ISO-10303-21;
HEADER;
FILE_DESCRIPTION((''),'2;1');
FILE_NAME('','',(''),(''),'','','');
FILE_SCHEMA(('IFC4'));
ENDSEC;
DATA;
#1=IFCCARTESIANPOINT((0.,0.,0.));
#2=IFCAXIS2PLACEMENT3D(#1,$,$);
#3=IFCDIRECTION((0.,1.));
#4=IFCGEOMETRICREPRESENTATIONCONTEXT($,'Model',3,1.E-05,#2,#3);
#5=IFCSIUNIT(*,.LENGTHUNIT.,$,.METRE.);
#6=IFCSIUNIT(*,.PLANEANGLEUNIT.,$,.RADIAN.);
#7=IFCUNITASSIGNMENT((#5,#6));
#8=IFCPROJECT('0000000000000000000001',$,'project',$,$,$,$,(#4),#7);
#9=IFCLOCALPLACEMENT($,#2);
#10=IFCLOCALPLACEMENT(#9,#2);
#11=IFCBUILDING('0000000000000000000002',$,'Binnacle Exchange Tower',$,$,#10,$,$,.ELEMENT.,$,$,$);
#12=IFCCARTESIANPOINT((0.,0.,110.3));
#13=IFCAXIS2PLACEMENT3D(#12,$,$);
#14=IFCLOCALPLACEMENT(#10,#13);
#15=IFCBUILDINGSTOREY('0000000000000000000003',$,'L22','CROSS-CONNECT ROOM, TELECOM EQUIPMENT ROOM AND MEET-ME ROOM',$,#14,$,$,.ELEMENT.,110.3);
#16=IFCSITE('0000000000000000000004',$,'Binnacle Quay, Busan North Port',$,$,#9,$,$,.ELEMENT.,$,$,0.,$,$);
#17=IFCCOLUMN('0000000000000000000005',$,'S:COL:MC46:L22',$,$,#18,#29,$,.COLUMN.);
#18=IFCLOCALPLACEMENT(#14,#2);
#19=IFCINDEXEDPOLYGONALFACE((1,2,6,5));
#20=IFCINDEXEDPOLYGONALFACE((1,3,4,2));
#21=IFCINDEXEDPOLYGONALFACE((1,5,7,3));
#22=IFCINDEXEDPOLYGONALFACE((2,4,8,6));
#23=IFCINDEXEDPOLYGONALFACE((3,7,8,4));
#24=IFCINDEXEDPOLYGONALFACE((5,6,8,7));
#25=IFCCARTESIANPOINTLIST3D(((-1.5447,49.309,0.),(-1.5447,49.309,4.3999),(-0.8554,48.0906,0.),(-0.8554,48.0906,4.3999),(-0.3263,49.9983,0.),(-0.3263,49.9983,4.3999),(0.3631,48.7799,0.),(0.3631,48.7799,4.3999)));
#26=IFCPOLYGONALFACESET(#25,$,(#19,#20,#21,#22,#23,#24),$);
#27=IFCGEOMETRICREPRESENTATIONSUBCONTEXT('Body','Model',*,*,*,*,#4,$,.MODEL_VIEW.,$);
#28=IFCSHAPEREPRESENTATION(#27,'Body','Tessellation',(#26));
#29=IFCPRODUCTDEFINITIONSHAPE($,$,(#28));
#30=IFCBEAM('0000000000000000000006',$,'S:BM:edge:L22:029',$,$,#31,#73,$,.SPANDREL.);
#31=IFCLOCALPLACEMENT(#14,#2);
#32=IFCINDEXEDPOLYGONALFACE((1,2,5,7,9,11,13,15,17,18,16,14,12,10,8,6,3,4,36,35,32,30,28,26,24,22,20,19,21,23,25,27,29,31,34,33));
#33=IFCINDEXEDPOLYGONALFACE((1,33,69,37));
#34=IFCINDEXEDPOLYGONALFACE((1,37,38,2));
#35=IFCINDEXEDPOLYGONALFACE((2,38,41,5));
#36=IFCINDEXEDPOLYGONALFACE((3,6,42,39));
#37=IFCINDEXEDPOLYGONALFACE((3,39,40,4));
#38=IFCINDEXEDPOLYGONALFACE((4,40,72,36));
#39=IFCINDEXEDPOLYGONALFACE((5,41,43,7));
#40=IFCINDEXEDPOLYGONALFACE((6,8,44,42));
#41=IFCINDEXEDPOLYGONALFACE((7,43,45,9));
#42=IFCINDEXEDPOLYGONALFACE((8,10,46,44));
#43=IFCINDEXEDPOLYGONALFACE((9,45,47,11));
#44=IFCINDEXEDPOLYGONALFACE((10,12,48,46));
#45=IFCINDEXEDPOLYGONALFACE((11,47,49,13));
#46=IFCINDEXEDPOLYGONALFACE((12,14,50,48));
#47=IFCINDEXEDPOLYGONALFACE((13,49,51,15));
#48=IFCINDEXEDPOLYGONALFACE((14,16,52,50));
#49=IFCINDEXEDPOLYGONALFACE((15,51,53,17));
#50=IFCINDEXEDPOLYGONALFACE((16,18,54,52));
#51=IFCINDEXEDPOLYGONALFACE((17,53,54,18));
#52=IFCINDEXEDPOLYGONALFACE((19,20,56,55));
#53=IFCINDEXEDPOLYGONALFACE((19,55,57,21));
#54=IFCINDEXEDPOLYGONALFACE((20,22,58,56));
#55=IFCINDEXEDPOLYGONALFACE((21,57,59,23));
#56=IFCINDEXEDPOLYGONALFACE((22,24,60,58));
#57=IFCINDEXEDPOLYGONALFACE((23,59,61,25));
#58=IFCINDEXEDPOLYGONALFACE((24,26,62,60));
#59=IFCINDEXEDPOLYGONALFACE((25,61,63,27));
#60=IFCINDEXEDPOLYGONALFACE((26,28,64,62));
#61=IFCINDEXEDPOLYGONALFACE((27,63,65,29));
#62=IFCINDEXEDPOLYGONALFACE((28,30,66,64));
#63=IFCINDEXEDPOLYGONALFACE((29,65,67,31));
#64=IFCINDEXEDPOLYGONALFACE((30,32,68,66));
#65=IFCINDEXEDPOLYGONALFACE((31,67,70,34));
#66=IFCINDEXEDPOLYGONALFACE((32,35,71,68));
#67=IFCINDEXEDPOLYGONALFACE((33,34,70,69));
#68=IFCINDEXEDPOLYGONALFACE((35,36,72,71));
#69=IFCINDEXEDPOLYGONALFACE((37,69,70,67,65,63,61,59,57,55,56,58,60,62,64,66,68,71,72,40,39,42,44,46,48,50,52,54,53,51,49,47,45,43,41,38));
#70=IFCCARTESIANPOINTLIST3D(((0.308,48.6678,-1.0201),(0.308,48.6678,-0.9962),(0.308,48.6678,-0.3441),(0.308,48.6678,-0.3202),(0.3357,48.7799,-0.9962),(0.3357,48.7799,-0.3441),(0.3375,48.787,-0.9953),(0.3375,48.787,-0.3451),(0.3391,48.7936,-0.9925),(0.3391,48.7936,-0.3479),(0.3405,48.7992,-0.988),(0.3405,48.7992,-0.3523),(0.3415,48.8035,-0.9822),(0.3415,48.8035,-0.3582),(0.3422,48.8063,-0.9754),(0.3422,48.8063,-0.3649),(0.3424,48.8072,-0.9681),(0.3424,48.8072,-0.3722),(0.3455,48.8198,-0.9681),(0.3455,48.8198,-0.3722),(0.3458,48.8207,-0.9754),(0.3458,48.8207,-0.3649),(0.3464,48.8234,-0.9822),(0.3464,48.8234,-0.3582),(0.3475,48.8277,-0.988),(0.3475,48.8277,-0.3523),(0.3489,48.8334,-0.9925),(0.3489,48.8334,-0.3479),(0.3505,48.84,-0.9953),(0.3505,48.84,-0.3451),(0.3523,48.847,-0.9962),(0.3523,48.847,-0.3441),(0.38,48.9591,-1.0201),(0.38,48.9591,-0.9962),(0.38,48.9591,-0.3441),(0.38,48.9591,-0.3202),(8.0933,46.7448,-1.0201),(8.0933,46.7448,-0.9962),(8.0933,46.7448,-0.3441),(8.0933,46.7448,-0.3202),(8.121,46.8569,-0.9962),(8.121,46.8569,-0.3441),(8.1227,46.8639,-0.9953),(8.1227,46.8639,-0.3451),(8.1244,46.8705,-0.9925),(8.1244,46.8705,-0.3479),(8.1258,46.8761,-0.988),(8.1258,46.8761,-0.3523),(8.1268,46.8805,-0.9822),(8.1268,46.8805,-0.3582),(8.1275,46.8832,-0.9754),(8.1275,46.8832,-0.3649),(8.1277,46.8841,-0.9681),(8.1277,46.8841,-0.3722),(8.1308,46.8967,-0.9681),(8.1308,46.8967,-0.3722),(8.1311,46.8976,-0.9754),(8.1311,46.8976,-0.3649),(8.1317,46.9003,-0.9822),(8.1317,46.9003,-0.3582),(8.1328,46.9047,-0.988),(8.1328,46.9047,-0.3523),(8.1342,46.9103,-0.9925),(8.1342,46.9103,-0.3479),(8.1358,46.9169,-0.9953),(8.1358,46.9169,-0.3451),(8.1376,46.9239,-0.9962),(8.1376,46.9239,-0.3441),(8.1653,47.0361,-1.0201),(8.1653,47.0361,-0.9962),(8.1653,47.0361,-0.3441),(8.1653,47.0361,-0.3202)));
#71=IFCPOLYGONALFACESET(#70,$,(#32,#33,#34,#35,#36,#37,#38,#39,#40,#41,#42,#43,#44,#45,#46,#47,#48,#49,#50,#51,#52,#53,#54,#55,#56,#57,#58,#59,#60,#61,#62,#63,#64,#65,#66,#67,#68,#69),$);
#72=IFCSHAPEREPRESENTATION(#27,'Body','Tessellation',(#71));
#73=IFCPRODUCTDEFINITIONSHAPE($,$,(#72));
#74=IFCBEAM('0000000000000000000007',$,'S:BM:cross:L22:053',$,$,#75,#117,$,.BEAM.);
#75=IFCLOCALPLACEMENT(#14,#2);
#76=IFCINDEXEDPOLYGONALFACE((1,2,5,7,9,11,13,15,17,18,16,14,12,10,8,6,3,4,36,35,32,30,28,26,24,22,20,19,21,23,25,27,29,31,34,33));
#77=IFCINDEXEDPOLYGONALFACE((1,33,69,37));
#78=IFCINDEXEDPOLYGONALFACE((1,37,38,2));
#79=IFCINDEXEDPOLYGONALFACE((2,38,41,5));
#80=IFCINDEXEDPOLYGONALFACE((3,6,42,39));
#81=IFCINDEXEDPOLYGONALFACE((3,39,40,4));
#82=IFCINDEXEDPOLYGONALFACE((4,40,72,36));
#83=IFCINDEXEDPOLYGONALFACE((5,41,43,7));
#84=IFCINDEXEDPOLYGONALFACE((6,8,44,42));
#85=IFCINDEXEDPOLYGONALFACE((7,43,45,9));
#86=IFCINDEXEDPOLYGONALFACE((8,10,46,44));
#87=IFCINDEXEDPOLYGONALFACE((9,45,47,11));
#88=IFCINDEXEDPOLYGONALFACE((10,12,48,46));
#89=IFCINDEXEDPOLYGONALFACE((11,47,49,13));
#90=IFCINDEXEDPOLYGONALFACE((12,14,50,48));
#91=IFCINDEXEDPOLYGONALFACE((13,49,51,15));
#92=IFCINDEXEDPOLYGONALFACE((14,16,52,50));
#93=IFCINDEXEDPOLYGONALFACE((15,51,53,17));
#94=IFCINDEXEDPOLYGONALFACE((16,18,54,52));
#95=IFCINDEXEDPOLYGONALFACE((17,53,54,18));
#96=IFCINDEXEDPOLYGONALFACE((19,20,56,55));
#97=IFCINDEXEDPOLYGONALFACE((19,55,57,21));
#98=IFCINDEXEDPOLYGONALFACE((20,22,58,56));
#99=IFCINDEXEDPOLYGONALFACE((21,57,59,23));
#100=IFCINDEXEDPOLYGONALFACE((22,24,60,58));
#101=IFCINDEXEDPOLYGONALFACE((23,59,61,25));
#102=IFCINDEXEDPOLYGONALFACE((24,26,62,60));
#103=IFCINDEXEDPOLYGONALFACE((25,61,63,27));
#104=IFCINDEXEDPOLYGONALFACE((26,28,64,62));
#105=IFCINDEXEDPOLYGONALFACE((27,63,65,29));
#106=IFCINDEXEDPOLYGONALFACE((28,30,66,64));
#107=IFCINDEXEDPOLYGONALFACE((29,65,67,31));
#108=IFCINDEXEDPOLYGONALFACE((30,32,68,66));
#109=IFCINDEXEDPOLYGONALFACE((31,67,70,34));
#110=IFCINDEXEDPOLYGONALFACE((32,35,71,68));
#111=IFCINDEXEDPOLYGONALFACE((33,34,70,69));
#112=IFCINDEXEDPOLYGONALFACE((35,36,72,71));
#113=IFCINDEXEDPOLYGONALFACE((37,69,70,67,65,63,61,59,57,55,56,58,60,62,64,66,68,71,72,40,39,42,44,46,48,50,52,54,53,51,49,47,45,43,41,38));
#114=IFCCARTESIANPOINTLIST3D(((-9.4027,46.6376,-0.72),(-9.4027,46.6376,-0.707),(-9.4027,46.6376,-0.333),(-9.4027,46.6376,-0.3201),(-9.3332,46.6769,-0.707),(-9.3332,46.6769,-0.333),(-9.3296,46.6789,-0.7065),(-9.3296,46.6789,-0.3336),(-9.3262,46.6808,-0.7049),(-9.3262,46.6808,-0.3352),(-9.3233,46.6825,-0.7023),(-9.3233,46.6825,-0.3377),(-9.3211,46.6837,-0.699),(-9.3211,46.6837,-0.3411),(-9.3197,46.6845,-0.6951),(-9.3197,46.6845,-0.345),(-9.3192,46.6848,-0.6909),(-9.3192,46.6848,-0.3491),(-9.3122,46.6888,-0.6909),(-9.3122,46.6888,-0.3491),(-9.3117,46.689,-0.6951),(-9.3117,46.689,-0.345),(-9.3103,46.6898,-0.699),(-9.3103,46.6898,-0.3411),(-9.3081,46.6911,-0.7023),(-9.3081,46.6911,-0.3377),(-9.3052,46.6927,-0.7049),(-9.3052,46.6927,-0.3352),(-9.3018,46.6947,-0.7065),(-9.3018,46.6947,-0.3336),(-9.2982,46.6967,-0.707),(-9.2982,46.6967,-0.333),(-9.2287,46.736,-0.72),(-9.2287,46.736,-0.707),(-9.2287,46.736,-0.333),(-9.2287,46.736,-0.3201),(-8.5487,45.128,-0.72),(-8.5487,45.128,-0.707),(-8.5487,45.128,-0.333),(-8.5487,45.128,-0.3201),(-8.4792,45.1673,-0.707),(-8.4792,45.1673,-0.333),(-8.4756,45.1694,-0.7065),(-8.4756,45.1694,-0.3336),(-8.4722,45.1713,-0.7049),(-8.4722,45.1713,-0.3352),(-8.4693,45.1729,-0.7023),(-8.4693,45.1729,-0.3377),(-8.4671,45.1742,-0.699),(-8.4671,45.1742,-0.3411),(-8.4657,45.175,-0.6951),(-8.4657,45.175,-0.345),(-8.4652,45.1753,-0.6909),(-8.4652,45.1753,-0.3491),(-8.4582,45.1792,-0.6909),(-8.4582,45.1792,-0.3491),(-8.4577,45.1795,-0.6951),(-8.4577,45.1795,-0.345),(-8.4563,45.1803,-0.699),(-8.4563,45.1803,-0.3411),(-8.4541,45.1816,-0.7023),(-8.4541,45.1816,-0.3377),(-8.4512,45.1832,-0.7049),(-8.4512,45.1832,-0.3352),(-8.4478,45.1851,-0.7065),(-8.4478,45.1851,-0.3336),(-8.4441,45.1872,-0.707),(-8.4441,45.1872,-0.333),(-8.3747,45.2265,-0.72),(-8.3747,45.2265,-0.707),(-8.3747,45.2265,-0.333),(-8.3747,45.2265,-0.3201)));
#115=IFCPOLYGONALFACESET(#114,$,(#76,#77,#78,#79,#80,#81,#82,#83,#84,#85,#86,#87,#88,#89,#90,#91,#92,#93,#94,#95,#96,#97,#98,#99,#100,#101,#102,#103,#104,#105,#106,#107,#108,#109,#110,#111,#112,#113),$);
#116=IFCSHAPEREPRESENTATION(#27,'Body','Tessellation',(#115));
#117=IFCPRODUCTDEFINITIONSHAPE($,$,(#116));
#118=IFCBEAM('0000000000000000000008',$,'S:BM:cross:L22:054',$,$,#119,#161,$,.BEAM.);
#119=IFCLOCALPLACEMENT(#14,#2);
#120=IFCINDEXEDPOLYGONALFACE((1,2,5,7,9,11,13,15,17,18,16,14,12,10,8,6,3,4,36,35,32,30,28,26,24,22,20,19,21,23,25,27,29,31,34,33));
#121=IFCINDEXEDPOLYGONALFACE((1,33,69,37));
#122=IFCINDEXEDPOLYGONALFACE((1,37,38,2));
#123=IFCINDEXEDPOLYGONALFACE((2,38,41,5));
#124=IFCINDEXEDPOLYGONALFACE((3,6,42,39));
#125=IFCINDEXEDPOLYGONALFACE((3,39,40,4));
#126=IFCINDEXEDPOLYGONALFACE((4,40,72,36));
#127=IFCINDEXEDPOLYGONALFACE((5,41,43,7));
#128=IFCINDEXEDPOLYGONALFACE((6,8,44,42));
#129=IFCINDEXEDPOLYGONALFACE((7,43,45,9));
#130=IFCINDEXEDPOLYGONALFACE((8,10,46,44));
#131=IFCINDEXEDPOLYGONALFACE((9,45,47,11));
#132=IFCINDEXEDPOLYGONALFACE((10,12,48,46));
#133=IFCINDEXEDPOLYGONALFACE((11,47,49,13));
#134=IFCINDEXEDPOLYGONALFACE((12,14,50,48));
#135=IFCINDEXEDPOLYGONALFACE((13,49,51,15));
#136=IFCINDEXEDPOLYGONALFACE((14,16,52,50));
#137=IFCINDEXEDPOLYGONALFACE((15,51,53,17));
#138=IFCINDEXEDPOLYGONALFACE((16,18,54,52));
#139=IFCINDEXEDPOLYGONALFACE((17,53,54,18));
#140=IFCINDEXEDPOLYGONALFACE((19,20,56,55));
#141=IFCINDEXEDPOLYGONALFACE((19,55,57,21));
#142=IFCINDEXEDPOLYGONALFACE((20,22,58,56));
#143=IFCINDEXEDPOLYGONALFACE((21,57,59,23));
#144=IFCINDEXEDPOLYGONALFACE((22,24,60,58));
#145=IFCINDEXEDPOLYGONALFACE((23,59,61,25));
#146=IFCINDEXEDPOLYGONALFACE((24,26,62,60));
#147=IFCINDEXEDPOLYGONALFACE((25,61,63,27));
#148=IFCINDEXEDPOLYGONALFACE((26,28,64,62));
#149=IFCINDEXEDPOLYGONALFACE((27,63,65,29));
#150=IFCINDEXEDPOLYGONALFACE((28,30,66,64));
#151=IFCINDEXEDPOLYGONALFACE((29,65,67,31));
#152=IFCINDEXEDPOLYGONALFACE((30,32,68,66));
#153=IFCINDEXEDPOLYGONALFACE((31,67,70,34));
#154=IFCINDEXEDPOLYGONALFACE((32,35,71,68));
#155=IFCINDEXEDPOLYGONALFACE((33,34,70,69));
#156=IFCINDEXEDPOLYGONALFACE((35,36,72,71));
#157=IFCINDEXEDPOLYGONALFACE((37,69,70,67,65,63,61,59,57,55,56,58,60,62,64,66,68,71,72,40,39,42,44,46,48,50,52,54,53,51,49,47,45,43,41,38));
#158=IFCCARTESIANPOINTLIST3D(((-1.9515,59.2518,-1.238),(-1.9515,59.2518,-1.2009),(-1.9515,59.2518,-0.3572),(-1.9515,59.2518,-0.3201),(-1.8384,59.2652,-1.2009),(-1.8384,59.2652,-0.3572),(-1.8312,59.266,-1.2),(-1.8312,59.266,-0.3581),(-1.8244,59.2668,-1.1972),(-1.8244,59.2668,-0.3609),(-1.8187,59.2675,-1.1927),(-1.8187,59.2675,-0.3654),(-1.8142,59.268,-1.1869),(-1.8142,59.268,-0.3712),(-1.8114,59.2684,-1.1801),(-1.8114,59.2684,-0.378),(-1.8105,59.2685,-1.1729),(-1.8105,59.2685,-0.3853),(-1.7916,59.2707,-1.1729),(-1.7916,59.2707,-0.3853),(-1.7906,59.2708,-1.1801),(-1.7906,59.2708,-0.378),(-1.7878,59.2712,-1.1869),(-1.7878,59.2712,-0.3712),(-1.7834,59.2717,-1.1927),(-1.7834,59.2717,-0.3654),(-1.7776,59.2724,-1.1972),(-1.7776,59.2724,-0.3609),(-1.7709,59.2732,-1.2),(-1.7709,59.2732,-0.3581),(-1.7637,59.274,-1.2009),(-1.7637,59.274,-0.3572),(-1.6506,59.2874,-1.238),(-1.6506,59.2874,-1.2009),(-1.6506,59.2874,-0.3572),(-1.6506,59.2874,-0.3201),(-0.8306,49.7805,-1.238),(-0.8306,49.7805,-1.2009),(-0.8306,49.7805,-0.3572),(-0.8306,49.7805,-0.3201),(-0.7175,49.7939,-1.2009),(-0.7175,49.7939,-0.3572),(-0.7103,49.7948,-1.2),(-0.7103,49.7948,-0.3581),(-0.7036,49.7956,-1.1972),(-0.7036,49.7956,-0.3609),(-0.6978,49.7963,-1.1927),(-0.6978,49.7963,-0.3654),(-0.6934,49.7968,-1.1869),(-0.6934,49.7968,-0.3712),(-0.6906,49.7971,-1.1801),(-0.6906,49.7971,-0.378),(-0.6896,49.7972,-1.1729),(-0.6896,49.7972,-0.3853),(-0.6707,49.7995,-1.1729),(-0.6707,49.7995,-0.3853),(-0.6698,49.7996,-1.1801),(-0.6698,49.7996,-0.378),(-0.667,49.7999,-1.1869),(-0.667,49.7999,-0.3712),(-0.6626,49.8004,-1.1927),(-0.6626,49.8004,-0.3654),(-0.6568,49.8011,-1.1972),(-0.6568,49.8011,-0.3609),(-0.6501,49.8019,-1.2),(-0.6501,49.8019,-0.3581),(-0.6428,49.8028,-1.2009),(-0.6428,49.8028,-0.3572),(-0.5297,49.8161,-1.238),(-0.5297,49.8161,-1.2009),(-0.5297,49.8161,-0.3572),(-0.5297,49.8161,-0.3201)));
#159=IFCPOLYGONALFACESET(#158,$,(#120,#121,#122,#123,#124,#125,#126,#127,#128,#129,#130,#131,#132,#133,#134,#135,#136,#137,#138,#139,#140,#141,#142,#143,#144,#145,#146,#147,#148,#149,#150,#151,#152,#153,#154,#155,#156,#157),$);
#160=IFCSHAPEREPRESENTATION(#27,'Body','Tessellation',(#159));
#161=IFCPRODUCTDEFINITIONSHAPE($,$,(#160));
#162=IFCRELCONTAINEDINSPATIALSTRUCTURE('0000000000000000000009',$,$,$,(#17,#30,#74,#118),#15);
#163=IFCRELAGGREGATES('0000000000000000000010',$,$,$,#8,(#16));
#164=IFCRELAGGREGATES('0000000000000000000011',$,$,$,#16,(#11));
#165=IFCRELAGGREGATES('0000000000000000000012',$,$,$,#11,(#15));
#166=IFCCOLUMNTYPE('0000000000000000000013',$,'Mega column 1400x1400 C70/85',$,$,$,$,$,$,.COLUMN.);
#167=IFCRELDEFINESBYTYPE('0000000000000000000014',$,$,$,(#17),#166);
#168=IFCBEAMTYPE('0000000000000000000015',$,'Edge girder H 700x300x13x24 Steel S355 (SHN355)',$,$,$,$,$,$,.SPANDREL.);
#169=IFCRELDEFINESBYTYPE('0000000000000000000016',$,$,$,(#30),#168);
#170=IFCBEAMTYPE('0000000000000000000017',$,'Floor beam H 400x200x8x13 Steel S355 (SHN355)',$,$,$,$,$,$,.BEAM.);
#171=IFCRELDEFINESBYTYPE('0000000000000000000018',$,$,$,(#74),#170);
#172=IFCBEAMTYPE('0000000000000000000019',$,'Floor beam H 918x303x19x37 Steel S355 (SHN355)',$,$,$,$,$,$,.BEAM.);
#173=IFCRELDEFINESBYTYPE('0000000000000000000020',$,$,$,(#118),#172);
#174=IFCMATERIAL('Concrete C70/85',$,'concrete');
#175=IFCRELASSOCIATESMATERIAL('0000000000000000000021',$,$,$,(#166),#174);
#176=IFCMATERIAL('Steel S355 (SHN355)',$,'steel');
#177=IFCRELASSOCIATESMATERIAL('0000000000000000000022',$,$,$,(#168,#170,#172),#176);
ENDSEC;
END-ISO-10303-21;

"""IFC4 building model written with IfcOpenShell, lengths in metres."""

from ifc_helpers import new_model, si_unit, direction, frame, origin, origin_2d, place, context, subcontext, project, spatial, rectangle, i_section, extrude, material, material_profile, profile_set, type_object, element, save


model = new_model("IFC4")

# Units and contexts
model_context = context("Model", 3, precision=1e-05, world=origin(), true_north=direction((0.0, 1.0)))
body_context = subcontext(model_context, "Body", "Model", "MODEL_VIEW")
ifc_project = project(units=[si_unit("LENGTHUNIT", "METRE"), si_unit("PLANEANGLEUNIT", "RADIAN")], contexts=[model_context])

# Site, building, storey
site_placement = place(None, origin())
site = spatial("IfcSite", under=ifc_project, at=site_placement, Name="Binnacle Quay, Busan North Port", CompositionType="ELEMENT", RefElevation=0.0)
building_placement = place(site_placement, origin())
building = spatial("IfcBuilding", under=site, at=building_placement, Name="Binnacle Exchange Tower", CompositionType="ELEMENT")
storey_placement = place(building_placement, frame((0.0, 0.0, 110.3)))
storey = spatial("IfcBuildingStorey", under=building, at=storey_placement, Name="L22", Description="CROSS-CONNECT ROOM, TELECOM EQUIPMENT ROOM AND MEET-ME ROOM", CompositionType="ELEMENT", Elevation=110.3)

# Column
ifc_material_1 = material(Name="Concrete C70/85", Category="concrete")
ifc_material_profile_1 = material_profile(ifc_material_1, rectangle(XDim=1.3999, YDim=1.3999, at=origin_2d()), Name="Mega column 1400x1400 C70/85")
ifc_profile_set_1 = profile_set([ifc_material_profile_1], Name="Concrete C70/85")
column_type = type_object("IfcColumnType", Name="Mega column 1400x1400 C70/85", PredefinedType="COLUMN", material=ifc_profile_set_1)
column_placement = place(storey_placement, frame((-0.5908, 49.0444, 0.0), z_axis=(0.0, 0.0, 1.0), x_axis=(0.870356, 0.492424, 0.0)))
element("IfcColumn", 1, at=column_placement, inside=storey, type_object=column_type, Name="S:COL:MC46:L22", PredefinedType="COLUMN", context=body_context, shape_type="SweptSolid", body=[
    extrude(rectangle(XDim=1.3999, YDim=1.3999, at=origin_2d()), origin(), (0.0, 0.0, 1.0), 4.3999),
])

# Beams
ifc_material_2 = material(Name="Steel S355 (SHN355)", Category="steel")
ifc_material_profile_2 = material_profile(ifc_material_2, i_section(OverallWidth=0.3, OverallDepth=0.7, WebThickness=0.0129, FlangeThickness=0.0239, FilletRadius=0.0281, at=origin_2d()), Name="H 700x300x13x24")
ifc_profile_set_2 = profile_set([ifc_material_profile_2], Name="Steel S355 (SHN355)")
beam_type_1 = type_object("IfcBeamType", Name="Edge girder H 700x300x13x24 Steel S355 (SHN355)", PredefinedType="SPANDREL", material=ifc_profile_set_2)
beam_1_placement = place(storey_placement, frame((0.344, 48.8135, -0.6702), z_axis=(0.970821, -0.239805, 0.0), x_axis=(0.239805, 0.970821, 0.0)))
element("IfcBeam", 2, at=beam_1_placement, inside=storey, type_object=beam_type_1, Name="S:BM:edge:L22:029", PredefinedType="SPANDREL", context=body_context, shape_type="SweptSolid", body=[
    extrude(i_section(OverallWidth=0.3, OverallDepth=0.7, WebThickness=0.0129, FlangeThickness=0.0239, FilletRadius=0.0281, at=origin_2d()), origin(), (0.0, 0.0, 1.0), 8.0193),
])
ifc_material_profile_3 = material_profile(ifc_material_2, i_section(OverallWidth=0.2, OverallDepth=0.3999, WebThickness=0.0081, FlangeThickness=0.0129, FilletRadius=0.0161, at=origin_2d()), Name="H 400x200x8x13")
ifc_profile_set_3 = profile_set([ifc_material_profile_3], Name="Steel S355 (SHN355)")
beam_type_2 = type_object("IfcBeamType", Name="Floor beam H 400x200x8x13 Steel S355 (SHN355)", PredefinedType="BEAM", material=ifc_profile_set_3)
beam_2_placement = place(storey_placement, frame((-8.4617, 45.1772, -0.52), z_axis=(-0.492405, 0.870366, 0.0), x_axis=(-0.870366, -0.492405, 0.0)))
element("IfcBeam", 3, at=beam_2_placement, inside=storey, type_object=beam_type_2, Name="S:BM:cross:L22:053", PredefinedType="BEAM", context=body_context, shape_type="SweptSolid", body=[
    extrude(i_section(OverallWidth=0.2, OverallDepth=0.3999, WebThickness=0.0081, FlangeThickness=0.0129, FilletRadius=0.0161, at=origin_2d()), origin(), (0.0, 0.0, 1.0), 1.7344),
])
ifc_material_profile_4 = material_profile(ifc_material_2, i_section(OverallWidth=0.303, OverallDepth=0.918, WebThickness=0.019, FlangeThickness=0.0371, FilletRadius=0.0281, at=origin_2d()), Name="H 918x303x19x37")
ifc_profile_set_4 = profile_set([ifc_material_profile_4], Name="Steel S355 (SHN355)")
beam_type_3 = type_object("IfcBeamType", Name="Floor beam H 918x303x19x37 Steel S355 (SHN355)", PredefinedType="BEAM", material=ifc_profile_set_4)
beam_3_placement = place(storey_placement, frame((-0.6802, 49.7983, -0.7791), z_axis=(-0.117523, 0.99307, 0.0), x_axis=(-0.99307, -0.117523, 0.0)))
element("IfcBeam", 4, at=beam_3_placement, inside=storey, type_object=beam_type_3, Name="S:BM:cross:L22:054", PredefinedType="BEAM", context=body_context, shape_type="SweptSolid", body=[
    extrude(i_section(OverallWidth=0.303, OverallDepth=0.918, WebThickness=0.019, FlangeThickness=0.0371, FilletRadius=0.0281, at=origin_2d()), origin(), (0.0, 0.0, 1.0), 9.5374),
])

save(model, "model.ifc")
